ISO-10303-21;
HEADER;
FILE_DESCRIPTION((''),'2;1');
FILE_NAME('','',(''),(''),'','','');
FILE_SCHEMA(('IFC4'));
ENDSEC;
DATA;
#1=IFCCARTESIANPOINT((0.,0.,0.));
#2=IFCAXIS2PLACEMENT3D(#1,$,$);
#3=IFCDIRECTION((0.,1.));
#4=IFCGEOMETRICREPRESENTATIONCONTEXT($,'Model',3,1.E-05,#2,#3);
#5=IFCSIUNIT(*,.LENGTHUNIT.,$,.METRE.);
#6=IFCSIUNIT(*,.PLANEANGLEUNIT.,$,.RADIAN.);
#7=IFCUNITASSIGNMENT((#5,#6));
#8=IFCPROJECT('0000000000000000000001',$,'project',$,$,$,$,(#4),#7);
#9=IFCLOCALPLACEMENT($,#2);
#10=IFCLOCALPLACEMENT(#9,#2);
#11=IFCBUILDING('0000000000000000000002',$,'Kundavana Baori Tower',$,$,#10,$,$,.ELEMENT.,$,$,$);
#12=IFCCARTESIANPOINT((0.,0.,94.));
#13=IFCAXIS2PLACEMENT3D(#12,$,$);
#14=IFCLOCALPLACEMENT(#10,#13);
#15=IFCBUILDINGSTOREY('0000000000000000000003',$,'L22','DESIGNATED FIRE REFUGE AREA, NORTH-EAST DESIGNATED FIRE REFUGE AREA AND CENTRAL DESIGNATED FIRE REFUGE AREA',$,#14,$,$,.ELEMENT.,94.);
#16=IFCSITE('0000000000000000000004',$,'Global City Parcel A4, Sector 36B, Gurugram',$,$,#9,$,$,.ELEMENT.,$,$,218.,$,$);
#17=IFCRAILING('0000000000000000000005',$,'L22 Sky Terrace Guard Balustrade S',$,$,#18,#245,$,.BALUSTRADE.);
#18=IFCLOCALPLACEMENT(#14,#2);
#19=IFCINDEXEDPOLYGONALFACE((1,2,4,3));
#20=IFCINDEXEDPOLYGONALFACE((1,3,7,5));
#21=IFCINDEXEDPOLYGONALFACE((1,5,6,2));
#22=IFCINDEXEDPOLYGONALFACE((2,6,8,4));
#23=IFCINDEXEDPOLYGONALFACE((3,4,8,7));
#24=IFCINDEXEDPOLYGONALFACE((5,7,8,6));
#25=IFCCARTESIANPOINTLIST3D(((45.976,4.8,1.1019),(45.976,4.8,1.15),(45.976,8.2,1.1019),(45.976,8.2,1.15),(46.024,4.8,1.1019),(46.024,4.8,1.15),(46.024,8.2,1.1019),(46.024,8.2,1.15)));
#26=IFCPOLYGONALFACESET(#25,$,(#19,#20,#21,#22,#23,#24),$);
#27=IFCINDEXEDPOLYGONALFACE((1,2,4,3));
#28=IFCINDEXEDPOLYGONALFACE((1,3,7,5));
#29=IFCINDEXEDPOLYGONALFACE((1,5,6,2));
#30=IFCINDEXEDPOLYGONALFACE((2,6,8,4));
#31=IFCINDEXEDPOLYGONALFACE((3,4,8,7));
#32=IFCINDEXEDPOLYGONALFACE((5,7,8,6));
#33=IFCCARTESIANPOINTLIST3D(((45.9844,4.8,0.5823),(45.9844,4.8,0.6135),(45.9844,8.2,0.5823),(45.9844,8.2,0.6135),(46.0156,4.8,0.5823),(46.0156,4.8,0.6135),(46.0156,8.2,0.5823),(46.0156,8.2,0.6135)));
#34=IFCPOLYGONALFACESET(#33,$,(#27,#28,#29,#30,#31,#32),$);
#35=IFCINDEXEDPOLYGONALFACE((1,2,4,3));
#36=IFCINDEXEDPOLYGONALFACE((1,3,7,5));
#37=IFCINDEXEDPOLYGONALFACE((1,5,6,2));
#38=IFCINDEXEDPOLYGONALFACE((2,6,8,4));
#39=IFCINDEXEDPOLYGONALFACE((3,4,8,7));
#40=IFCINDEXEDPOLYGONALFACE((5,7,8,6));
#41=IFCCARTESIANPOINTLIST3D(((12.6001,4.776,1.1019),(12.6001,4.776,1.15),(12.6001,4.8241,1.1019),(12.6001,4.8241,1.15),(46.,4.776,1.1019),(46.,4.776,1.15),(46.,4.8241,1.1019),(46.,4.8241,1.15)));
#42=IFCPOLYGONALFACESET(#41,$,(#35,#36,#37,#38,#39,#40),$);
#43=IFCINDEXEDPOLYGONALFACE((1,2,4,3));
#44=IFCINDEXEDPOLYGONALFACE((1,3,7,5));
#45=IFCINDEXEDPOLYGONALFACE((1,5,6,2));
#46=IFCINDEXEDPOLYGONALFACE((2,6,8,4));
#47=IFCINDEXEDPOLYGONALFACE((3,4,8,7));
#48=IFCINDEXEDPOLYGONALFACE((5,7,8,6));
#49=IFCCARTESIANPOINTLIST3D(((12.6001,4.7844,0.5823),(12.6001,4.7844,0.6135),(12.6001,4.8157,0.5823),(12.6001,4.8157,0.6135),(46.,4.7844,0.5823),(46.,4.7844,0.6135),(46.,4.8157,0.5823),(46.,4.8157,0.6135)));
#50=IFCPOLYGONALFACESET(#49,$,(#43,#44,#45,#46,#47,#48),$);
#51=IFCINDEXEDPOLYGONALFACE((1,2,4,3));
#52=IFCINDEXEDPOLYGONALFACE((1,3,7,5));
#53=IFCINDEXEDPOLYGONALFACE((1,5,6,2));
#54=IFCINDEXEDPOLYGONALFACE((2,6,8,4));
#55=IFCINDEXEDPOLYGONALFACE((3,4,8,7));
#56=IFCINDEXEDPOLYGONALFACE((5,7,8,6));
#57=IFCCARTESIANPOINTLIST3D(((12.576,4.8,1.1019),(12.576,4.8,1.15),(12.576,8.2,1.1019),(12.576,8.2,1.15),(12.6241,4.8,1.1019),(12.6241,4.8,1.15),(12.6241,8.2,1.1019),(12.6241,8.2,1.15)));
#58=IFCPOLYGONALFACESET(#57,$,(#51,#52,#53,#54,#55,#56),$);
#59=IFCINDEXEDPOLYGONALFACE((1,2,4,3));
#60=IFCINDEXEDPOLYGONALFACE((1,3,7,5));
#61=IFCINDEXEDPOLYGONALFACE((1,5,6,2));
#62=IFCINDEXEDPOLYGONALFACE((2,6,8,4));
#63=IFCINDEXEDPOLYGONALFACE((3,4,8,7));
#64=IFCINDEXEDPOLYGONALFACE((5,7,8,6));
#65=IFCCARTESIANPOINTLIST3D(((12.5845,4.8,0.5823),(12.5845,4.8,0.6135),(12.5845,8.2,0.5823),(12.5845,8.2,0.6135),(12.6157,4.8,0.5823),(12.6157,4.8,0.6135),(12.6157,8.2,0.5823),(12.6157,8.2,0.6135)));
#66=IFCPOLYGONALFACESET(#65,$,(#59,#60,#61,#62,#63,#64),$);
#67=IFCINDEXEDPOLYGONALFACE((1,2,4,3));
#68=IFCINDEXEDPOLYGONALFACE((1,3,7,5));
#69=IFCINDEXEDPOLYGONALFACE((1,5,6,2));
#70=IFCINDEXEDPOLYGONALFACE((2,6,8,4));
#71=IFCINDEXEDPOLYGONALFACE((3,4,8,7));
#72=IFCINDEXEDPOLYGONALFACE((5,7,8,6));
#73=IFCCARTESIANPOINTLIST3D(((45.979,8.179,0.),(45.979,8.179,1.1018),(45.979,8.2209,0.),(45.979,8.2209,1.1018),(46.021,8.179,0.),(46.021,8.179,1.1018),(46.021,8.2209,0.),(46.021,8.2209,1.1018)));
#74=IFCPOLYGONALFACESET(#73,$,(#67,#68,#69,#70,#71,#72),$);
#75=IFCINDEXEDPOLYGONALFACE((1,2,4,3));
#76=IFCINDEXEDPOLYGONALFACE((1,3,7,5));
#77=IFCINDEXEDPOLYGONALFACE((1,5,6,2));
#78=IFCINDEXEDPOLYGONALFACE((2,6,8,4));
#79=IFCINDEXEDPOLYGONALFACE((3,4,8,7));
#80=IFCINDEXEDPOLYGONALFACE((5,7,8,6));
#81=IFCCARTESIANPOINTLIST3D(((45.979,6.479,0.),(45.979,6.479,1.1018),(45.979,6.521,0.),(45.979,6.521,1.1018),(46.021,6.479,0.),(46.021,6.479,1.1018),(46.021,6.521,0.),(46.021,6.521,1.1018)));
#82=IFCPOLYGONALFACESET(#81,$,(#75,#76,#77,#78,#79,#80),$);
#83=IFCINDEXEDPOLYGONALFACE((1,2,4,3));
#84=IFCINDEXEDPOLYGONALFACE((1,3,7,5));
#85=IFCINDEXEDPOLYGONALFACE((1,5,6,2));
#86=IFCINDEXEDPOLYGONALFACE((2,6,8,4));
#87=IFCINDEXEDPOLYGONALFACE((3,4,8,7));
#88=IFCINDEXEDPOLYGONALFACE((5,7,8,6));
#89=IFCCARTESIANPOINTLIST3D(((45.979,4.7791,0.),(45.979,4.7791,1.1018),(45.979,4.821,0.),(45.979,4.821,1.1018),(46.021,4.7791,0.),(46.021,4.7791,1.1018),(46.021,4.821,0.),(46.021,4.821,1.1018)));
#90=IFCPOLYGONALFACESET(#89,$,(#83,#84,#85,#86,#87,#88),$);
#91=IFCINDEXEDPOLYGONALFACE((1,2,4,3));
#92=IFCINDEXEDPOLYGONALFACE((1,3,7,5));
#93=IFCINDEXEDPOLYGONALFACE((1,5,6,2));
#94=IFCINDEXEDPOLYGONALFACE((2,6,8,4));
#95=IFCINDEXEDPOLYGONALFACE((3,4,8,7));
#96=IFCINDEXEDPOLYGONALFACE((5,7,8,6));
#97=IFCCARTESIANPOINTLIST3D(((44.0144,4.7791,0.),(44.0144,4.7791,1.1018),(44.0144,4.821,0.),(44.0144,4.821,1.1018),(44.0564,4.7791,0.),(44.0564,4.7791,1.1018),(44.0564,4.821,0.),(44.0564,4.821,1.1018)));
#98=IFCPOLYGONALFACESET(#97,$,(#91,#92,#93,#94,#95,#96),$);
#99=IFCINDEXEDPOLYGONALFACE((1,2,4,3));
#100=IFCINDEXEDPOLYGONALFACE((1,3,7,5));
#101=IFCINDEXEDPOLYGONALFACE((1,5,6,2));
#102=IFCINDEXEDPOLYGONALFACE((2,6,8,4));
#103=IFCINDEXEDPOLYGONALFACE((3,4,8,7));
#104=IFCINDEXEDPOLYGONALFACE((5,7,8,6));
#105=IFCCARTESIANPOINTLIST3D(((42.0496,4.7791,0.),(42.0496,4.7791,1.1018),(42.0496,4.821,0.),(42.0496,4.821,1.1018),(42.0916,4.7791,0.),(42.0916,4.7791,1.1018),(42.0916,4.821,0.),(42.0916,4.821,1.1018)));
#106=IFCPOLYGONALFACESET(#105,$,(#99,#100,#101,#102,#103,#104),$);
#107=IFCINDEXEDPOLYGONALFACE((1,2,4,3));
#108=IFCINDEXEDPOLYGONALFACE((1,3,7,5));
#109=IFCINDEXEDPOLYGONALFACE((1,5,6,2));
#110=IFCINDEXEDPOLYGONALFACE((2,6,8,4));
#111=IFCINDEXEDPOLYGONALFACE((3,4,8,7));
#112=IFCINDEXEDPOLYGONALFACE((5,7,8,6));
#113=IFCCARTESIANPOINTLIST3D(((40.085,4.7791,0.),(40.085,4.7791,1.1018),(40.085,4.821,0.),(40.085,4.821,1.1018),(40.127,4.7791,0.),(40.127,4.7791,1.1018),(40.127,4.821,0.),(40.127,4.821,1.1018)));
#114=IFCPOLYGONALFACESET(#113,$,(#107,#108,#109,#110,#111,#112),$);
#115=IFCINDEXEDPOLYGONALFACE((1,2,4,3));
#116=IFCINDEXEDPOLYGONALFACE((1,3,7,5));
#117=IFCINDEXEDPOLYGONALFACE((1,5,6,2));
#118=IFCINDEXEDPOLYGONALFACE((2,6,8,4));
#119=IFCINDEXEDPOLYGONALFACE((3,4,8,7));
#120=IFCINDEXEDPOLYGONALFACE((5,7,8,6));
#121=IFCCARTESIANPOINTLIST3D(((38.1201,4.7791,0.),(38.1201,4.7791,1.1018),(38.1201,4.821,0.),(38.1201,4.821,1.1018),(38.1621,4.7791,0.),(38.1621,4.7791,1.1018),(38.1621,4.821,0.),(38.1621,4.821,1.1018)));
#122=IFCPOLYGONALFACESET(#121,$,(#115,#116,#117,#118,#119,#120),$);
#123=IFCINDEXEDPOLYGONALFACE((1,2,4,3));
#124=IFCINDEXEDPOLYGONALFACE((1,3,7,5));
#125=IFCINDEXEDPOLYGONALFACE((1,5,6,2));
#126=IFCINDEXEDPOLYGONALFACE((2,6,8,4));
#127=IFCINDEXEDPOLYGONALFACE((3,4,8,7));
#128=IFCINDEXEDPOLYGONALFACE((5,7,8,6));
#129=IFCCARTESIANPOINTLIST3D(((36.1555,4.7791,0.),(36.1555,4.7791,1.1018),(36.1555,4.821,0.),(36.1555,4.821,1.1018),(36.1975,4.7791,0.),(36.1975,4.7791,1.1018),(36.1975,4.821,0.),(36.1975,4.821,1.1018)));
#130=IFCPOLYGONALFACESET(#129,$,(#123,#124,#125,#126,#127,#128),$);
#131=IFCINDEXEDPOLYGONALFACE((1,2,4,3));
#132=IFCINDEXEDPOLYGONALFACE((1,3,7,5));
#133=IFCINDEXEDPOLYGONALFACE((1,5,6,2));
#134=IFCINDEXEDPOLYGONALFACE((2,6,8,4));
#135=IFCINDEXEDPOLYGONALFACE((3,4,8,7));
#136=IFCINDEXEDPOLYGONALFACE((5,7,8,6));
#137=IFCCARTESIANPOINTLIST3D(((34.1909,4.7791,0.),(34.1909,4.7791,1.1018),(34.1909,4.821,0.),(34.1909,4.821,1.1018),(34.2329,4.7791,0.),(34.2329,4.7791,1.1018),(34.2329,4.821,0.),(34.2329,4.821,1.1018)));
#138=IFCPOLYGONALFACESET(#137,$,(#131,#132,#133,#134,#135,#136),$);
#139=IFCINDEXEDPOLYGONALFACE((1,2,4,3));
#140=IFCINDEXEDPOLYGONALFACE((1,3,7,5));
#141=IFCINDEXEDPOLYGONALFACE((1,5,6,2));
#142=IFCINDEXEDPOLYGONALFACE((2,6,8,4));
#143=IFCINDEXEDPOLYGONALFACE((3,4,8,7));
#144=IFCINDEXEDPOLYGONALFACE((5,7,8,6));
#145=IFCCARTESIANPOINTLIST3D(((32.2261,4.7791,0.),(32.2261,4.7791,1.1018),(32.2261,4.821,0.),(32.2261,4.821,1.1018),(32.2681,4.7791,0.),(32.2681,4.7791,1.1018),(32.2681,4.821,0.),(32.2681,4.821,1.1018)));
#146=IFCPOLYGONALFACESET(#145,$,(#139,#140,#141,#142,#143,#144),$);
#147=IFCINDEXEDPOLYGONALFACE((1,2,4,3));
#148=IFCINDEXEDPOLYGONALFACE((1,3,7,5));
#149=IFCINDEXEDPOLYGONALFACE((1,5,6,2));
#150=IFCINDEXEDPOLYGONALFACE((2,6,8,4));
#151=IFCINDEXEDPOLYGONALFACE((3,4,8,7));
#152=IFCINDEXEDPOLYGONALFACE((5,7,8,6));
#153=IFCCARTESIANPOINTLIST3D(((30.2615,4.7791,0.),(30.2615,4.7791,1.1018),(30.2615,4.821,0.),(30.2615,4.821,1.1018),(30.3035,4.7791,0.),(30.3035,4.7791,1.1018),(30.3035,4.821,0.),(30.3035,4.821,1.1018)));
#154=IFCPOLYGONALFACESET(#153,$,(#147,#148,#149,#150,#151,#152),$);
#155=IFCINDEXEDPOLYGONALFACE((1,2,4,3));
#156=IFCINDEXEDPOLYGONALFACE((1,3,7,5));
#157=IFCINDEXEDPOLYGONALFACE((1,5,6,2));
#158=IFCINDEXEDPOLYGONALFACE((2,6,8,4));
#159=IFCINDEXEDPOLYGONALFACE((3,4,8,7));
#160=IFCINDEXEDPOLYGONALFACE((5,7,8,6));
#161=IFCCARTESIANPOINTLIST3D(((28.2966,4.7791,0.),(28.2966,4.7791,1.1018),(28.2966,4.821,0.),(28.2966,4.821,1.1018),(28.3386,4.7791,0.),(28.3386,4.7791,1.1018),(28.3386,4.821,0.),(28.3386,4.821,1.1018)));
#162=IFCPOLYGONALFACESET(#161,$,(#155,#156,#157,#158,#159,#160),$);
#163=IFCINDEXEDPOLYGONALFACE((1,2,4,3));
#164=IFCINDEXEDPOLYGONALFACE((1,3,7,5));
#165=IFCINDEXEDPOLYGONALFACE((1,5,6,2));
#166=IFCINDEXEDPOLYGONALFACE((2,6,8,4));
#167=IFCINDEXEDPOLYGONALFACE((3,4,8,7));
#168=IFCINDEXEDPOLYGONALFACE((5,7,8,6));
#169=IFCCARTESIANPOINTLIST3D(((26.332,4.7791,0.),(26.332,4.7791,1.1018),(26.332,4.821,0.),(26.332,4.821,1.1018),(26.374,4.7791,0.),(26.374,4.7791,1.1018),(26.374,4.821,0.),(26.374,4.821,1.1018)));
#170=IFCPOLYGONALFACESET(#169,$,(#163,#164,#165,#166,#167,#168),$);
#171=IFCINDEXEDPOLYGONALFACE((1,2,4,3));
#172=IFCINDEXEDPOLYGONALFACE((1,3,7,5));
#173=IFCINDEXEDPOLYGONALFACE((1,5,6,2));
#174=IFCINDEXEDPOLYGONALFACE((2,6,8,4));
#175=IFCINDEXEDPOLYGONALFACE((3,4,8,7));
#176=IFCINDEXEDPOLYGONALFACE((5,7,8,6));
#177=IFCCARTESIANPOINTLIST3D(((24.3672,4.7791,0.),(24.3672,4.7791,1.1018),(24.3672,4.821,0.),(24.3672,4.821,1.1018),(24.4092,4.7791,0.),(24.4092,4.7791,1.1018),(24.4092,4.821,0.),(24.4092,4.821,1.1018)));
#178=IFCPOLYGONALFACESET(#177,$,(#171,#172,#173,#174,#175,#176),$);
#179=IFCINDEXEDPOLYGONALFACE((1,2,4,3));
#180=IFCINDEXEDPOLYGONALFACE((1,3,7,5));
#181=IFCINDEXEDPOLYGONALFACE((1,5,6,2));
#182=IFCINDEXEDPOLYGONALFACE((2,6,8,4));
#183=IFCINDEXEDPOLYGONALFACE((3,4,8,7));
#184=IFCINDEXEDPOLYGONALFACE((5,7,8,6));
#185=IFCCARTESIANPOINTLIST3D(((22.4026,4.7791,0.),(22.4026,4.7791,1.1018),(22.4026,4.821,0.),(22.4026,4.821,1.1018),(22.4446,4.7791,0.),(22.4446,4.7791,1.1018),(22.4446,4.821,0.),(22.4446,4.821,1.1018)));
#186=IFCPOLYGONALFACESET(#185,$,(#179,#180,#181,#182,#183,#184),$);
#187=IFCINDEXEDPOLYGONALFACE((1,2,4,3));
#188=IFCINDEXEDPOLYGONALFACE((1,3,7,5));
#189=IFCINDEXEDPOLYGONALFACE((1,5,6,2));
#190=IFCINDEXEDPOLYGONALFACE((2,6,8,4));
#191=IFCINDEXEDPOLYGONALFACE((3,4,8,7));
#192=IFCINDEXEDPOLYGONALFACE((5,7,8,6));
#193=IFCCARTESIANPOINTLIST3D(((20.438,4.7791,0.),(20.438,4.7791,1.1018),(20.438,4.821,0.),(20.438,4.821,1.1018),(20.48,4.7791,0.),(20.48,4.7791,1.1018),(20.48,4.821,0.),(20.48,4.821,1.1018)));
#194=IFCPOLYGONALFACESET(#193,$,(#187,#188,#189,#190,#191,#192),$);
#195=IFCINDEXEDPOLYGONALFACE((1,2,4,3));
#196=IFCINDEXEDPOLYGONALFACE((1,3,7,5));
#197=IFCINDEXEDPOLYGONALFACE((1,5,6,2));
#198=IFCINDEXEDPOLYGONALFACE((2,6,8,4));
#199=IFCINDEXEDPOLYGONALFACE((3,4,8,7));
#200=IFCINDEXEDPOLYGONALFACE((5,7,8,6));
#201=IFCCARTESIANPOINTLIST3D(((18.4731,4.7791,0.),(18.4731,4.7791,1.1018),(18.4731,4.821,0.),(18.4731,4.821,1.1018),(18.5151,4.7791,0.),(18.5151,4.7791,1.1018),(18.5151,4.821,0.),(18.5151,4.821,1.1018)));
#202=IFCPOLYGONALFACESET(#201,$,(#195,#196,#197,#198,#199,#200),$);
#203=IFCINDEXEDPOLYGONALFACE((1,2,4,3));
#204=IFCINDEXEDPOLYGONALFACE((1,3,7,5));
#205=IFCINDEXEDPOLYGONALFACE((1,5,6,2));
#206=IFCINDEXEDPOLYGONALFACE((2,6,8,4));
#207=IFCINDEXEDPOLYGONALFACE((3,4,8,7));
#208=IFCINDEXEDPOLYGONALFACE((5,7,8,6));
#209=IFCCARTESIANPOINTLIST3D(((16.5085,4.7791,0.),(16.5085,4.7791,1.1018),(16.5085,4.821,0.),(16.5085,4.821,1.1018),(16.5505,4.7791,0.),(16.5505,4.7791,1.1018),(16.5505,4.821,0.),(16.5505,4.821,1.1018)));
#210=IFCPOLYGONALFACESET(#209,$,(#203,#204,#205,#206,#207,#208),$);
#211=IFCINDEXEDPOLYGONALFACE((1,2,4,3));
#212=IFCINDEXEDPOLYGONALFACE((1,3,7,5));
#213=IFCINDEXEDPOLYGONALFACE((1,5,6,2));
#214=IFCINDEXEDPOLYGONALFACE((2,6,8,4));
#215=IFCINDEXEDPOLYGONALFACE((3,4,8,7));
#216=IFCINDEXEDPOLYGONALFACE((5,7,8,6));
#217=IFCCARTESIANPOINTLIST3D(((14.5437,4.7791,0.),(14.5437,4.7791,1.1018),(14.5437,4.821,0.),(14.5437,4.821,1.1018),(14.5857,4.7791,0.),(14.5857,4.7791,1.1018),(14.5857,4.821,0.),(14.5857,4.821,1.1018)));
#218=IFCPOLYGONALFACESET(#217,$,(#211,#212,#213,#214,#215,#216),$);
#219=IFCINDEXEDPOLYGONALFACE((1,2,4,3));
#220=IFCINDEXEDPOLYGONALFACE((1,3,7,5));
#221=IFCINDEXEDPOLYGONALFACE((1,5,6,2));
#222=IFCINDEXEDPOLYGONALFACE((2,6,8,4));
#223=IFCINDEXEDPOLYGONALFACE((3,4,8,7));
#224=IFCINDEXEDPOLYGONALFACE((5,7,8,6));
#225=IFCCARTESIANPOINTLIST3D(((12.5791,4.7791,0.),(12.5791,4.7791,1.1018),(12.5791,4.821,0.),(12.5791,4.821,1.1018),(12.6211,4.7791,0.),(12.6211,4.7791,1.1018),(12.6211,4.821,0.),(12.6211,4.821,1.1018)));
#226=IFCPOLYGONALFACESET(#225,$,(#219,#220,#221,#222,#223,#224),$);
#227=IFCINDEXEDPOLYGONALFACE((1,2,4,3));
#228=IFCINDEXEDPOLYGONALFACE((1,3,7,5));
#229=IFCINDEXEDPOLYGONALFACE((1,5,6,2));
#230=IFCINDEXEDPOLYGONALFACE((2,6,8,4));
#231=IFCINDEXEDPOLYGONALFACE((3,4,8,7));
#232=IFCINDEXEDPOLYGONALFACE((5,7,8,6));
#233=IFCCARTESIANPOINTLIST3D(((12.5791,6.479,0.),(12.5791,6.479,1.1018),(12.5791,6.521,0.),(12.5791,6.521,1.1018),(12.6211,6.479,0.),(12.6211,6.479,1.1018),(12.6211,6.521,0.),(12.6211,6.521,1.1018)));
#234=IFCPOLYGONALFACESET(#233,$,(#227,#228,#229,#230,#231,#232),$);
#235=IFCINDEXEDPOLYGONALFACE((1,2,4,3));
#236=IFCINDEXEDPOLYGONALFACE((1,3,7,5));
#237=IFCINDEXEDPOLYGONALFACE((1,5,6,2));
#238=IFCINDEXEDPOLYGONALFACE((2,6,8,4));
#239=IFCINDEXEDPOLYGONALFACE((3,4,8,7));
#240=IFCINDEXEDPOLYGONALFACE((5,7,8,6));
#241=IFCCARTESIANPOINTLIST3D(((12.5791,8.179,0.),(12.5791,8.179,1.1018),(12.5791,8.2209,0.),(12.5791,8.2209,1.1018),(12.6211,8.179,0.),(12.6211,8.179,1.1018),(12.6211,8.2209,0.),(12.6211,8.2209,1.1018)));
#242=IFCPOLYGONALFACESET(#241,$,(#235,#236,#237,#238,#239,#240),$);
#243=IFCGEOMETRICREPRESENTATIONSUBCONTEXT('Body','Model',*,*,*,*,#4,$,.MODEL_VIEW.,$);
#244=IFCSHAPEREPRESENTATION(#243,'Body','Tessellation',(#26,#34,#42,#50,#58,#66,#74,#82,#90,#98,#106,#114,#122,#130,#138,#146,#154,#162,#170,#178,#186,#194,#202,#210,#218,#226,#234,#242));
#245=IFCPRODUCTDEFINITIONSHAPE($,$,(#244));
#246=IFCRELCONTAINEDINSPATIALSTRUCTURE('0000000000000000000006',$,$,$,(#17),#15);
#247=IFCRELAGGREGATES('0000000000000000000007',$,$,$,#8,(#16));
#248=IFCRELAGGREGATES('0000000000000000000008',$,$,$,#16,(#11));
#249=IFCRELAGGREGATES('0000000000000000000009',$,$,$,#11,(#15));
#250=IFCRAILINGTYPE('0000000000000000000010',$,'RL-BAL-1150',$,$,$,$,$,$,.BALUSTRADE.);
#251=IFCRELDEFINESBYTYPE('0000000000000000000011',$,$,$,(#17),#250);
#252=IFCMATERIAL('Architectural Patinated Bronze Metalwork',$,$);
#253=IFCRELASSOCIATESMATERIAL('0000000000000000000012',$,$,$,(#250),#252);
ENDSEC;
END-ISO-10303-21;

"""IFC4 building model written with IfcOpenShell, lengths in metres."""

from ifc_helpers import new_model, si_unit, direction, frame, origin, origin_2d, place, context, subcontext, project, spatial, rectangle, extrude, material, type_object, element, save


model = new_model("IFC4")

# Units and contexts
model_context = context("Model", 3, precision=1e-05, world=origin(), true_north=direction((0.0, 1.0)))
body_context = subcontext(model_context, "Body", "Model", "MODEL_VIEW")
ifc_project = project(units=[si_unit("LENGTHUNIT", "METRE"), si_unit("PLANEANGLEUNIT", "RADIAN")], contexts=[model_context])

# Site, building, storey
site_placement = place(None, origin())
site = spatial("IfcSite", under=ifc_project, at=site_placement, Name="Global City Parcel A4, Sector 36B, Gurugram", CompositionType="ELEMENT", RefElevation=218.0)
building_placement = place(site_placement, origin())
building = spatial("IfcBuilding", under=site, at=building_placement, Name="Kundavana Baori Tower", CompositionType="ELEMENT")
storey_placement = place(building_placement, frame((0.0, 0.0, 94.0)))
storey = spatial("IfcBuildingStorey", under=building, at=storey_placement, Name="L22", Description="DESIGNATED FIRE REFUGE AREA, NORTH-EAST DESIGNATED FIRE REFUGE AREA AND CENTRAL DESIGNATED FIRE REFUGE AREA", CompositionType="ELEMENT", Elevation=94.0)

# Railing
ifc_material_1 = material(Name="Architectural Patinated Bronze Metalwork")
railing_type = type_object("IfcRailingType", Name="RL-BAL-1150", PredefinedType="BALUSTRADE", material=ifc_material_1)
railing_placement = place(storey_placement, frame((46.0, 8.2, 0.0)))
element("IfcRailing", 1, at=railing_placement, inside=storey, type_object=railing_type, Name="L22 Sky Terrace Guard Balustrade S", PredefinedType="BALUSTRADE", context=body_context, shape_type="SweptSolid", body=[
    extrude(rectangle(XDim=0.0481, YDim=0.0481, at=origin_2d()), frame((0.0, 0.0, 1.126), z_axis=(0.0, -1.0, 0.0), x_axis=(1.0, 0.0, 0.0)), (0.0, 0.0, 1.0), 3.3999),
    extrude(rectangle(XDim=0.0312, YDim=0.0312, at=origin_2d()), frame((0.0, 0.0, 0.5979), z_axis=(0.0, -1.0, 0.0), x_axis=(1.0, 0.0, 0.0)), (0.0, 0.0, 1.0), 3.3999),
    extrude(rectangle(XDim=0.0481, YDim=0.0481, at=origin_2d()), frame((0.0, -3.3999, 1.126), z_axis=(-1.0, 0.0, 0.0), x_axis=(0.0, -1.0, 0.0)), (0.0, 0.0, 1.0), 33.3999),
    extrude(rectangle(XDim=0.0312, YDim=0.0312, at=origin_2d()), frame((0.0, -3.3999, 0.5979), z_axis=(-1.0, 0.0, 0.0), x_axis=(0.0, -1.0, 0.0)), (0.0, 0.0, 1.0), 33.3999),
    extrude(rectangle(XDim=0.0481, YDim=0.0481, at=origin_2d()), frame((-33.3999, -3.3999, 1.126), z_axis=(0.0, 1.0, 0.0), x_axis=(-1.0, 0.0, 0.0)), (0.0, 0.0, 1.0), 3.3999),
    extrude(rectangle(XDim=0.0312, YDim=0.0312, at=origin_2d()), frame((-33.3999, -3.3999, 0.5979), z_axis=(0.0, 1.0, 0.0), x_axis=(-1.0, 0.0, 0.0)), (0.0, 0.0, 1.0), 3.3999),
    extrude(rectangle(XDim=0.042, YDim=0.042, at=origin_2d()), origin(), (0.0, 0.0, 1.0), 1.1018),
    extrude(rectangle(XDim=0.042, YDim=0.042, at=origin_2d()), frame((0.0, -1.7, 0.0)), (0.0, 0.0, 1.0), 1.1018),
    extrude(rectangle(XDim=0.042, YDim=0.042, at=origin_2d()), frame((0.0, -3.3999, 0.0)), (0.0, 0.0, 1.0), 1.1018),
    extrude(rectangle(XDim=0.042, YDim=0.042, at=origin_2d()), frame((-1.9646, -3.3999, 0.0)), (0.0, 0.0, 1.0), 1.1018),
    extrude(rectangle(XDim=0.042, YDim=0.042, at=origin_2d()), frame((-3.9294, -3.3999, 0.0)), (0.0, 0.0, 1.0), 1.1018),
    extrude(rectangle(XDim=0.042, YDim=0.042, at=origin_2d()), frame((-5.894, -3.3999, 0.0)), (0.0, 0.0, 1.0), 1.1018),
    extrude(rectangle(XDim=0.042, YDim=0.042, at=origin_2d()), frame((-7.8589, -3.3999, 0.0)), (0.0, 0.0, 1.0), 1.1018),
    extrude(rectangle(XDim=0.042, YDim=0.042, at=origin_2d()), frame((-9.8235, -3.3999, 0.0)), (0.0, 0.0, 1.0), 1.1018),
    extrude(rectangle(XDim=0.042, YDim=0.042, at=origin_2d()), frame((-11.7881, -3.3999, 0.0)), (0.0, 0.0, 1.0), 1.1018),
    extrude(rectangle(XDim=0.042, YDim=0.042, at=origin_2d()), frame((-13.7529, -3.3999, 0.0)), (0.0, 0.0, 1.0), 1.1018),
    extrude(rectangle(XDim=0.042, YDim=0.042, at=origin_2d()), frame((-15.7175, -3.3999, 0.0)), (0.0, 0.0, 1.0), 1.1018),
    extrude(rectangle(XDim=0.042, YDim=0.042, at=origin_2d()), frame((-17.6824, -3.3999, 0.0)), (0.0, 0.0, 1.0), 1.1018),
    extrude(rectangle(XDim=0.042, YDim=0.042, at=origin_2d()), frame((-19.647, -3.3999, 0.0)), (0.0, 0.0, 1.0), 1.1018),
    extrude(rectangle(XDim=0.042, YDim=0.042, at=origin_2d()), frame((-21.6118, -3.3999, 0.0)), (0.0, 0.0, 1.0), 1.1018),
    extrude(rectangle(XDim=0.042, YDim=0.042, at=origin_2d()), frame((-23.5764, -3.3999, 0.0)), (0.0, 0.0, 1.0), 1.1018),
    extrude(rectangle(XDim=0.042, YDim=0.042, at=origin_2d()), frame((-25.541, -3.3999, 0.0)), (0.0, 0.0, 1.0), 1.1018),
    extrude(rectangle(XDim=0.042, YDim=0.042, at=origin_2d()), frame((-27.5059, -3.3999, 0.0)), (0.0, 0.0, 1.0), 1.1018),
    extrude(rectangle(XDim=0.042, YDim=0.042, at=origin_2d()), frame((-29.4705, -3.3999, 0.0)), (0.0, 0.0, 1.0), 1.1018),
    extrude(rectangle(XDim=0.042, YDim=0.042, at=origin_2d()), frame((-31.4353, -3.3999, 0.0)), (0.0, 0.0, 1.0), 1.1018),
    extrude(rectangle(XDim=0.042, YDim=0.042, at=origin_2d()), frame((-33.3999, -3.3999, 0.0)), (0.0, 0.0, 1.0), 1.1018),
    extrude(rectangle(XDim=0.042, YDim=0.042, at=origin_2d()), frame((-33.3999, -1.7, 0.0)), (0.0, 0.0, 1.0), 1.1018),
    extrude(rectangle(XDim=0.042, YDim=0.042, at=origin_2d()), frame((-33.3999, 0.0, 0.0)), (0.0, 0.0, 1.0), 1.1018),
])

save(model, "model.ifc")
